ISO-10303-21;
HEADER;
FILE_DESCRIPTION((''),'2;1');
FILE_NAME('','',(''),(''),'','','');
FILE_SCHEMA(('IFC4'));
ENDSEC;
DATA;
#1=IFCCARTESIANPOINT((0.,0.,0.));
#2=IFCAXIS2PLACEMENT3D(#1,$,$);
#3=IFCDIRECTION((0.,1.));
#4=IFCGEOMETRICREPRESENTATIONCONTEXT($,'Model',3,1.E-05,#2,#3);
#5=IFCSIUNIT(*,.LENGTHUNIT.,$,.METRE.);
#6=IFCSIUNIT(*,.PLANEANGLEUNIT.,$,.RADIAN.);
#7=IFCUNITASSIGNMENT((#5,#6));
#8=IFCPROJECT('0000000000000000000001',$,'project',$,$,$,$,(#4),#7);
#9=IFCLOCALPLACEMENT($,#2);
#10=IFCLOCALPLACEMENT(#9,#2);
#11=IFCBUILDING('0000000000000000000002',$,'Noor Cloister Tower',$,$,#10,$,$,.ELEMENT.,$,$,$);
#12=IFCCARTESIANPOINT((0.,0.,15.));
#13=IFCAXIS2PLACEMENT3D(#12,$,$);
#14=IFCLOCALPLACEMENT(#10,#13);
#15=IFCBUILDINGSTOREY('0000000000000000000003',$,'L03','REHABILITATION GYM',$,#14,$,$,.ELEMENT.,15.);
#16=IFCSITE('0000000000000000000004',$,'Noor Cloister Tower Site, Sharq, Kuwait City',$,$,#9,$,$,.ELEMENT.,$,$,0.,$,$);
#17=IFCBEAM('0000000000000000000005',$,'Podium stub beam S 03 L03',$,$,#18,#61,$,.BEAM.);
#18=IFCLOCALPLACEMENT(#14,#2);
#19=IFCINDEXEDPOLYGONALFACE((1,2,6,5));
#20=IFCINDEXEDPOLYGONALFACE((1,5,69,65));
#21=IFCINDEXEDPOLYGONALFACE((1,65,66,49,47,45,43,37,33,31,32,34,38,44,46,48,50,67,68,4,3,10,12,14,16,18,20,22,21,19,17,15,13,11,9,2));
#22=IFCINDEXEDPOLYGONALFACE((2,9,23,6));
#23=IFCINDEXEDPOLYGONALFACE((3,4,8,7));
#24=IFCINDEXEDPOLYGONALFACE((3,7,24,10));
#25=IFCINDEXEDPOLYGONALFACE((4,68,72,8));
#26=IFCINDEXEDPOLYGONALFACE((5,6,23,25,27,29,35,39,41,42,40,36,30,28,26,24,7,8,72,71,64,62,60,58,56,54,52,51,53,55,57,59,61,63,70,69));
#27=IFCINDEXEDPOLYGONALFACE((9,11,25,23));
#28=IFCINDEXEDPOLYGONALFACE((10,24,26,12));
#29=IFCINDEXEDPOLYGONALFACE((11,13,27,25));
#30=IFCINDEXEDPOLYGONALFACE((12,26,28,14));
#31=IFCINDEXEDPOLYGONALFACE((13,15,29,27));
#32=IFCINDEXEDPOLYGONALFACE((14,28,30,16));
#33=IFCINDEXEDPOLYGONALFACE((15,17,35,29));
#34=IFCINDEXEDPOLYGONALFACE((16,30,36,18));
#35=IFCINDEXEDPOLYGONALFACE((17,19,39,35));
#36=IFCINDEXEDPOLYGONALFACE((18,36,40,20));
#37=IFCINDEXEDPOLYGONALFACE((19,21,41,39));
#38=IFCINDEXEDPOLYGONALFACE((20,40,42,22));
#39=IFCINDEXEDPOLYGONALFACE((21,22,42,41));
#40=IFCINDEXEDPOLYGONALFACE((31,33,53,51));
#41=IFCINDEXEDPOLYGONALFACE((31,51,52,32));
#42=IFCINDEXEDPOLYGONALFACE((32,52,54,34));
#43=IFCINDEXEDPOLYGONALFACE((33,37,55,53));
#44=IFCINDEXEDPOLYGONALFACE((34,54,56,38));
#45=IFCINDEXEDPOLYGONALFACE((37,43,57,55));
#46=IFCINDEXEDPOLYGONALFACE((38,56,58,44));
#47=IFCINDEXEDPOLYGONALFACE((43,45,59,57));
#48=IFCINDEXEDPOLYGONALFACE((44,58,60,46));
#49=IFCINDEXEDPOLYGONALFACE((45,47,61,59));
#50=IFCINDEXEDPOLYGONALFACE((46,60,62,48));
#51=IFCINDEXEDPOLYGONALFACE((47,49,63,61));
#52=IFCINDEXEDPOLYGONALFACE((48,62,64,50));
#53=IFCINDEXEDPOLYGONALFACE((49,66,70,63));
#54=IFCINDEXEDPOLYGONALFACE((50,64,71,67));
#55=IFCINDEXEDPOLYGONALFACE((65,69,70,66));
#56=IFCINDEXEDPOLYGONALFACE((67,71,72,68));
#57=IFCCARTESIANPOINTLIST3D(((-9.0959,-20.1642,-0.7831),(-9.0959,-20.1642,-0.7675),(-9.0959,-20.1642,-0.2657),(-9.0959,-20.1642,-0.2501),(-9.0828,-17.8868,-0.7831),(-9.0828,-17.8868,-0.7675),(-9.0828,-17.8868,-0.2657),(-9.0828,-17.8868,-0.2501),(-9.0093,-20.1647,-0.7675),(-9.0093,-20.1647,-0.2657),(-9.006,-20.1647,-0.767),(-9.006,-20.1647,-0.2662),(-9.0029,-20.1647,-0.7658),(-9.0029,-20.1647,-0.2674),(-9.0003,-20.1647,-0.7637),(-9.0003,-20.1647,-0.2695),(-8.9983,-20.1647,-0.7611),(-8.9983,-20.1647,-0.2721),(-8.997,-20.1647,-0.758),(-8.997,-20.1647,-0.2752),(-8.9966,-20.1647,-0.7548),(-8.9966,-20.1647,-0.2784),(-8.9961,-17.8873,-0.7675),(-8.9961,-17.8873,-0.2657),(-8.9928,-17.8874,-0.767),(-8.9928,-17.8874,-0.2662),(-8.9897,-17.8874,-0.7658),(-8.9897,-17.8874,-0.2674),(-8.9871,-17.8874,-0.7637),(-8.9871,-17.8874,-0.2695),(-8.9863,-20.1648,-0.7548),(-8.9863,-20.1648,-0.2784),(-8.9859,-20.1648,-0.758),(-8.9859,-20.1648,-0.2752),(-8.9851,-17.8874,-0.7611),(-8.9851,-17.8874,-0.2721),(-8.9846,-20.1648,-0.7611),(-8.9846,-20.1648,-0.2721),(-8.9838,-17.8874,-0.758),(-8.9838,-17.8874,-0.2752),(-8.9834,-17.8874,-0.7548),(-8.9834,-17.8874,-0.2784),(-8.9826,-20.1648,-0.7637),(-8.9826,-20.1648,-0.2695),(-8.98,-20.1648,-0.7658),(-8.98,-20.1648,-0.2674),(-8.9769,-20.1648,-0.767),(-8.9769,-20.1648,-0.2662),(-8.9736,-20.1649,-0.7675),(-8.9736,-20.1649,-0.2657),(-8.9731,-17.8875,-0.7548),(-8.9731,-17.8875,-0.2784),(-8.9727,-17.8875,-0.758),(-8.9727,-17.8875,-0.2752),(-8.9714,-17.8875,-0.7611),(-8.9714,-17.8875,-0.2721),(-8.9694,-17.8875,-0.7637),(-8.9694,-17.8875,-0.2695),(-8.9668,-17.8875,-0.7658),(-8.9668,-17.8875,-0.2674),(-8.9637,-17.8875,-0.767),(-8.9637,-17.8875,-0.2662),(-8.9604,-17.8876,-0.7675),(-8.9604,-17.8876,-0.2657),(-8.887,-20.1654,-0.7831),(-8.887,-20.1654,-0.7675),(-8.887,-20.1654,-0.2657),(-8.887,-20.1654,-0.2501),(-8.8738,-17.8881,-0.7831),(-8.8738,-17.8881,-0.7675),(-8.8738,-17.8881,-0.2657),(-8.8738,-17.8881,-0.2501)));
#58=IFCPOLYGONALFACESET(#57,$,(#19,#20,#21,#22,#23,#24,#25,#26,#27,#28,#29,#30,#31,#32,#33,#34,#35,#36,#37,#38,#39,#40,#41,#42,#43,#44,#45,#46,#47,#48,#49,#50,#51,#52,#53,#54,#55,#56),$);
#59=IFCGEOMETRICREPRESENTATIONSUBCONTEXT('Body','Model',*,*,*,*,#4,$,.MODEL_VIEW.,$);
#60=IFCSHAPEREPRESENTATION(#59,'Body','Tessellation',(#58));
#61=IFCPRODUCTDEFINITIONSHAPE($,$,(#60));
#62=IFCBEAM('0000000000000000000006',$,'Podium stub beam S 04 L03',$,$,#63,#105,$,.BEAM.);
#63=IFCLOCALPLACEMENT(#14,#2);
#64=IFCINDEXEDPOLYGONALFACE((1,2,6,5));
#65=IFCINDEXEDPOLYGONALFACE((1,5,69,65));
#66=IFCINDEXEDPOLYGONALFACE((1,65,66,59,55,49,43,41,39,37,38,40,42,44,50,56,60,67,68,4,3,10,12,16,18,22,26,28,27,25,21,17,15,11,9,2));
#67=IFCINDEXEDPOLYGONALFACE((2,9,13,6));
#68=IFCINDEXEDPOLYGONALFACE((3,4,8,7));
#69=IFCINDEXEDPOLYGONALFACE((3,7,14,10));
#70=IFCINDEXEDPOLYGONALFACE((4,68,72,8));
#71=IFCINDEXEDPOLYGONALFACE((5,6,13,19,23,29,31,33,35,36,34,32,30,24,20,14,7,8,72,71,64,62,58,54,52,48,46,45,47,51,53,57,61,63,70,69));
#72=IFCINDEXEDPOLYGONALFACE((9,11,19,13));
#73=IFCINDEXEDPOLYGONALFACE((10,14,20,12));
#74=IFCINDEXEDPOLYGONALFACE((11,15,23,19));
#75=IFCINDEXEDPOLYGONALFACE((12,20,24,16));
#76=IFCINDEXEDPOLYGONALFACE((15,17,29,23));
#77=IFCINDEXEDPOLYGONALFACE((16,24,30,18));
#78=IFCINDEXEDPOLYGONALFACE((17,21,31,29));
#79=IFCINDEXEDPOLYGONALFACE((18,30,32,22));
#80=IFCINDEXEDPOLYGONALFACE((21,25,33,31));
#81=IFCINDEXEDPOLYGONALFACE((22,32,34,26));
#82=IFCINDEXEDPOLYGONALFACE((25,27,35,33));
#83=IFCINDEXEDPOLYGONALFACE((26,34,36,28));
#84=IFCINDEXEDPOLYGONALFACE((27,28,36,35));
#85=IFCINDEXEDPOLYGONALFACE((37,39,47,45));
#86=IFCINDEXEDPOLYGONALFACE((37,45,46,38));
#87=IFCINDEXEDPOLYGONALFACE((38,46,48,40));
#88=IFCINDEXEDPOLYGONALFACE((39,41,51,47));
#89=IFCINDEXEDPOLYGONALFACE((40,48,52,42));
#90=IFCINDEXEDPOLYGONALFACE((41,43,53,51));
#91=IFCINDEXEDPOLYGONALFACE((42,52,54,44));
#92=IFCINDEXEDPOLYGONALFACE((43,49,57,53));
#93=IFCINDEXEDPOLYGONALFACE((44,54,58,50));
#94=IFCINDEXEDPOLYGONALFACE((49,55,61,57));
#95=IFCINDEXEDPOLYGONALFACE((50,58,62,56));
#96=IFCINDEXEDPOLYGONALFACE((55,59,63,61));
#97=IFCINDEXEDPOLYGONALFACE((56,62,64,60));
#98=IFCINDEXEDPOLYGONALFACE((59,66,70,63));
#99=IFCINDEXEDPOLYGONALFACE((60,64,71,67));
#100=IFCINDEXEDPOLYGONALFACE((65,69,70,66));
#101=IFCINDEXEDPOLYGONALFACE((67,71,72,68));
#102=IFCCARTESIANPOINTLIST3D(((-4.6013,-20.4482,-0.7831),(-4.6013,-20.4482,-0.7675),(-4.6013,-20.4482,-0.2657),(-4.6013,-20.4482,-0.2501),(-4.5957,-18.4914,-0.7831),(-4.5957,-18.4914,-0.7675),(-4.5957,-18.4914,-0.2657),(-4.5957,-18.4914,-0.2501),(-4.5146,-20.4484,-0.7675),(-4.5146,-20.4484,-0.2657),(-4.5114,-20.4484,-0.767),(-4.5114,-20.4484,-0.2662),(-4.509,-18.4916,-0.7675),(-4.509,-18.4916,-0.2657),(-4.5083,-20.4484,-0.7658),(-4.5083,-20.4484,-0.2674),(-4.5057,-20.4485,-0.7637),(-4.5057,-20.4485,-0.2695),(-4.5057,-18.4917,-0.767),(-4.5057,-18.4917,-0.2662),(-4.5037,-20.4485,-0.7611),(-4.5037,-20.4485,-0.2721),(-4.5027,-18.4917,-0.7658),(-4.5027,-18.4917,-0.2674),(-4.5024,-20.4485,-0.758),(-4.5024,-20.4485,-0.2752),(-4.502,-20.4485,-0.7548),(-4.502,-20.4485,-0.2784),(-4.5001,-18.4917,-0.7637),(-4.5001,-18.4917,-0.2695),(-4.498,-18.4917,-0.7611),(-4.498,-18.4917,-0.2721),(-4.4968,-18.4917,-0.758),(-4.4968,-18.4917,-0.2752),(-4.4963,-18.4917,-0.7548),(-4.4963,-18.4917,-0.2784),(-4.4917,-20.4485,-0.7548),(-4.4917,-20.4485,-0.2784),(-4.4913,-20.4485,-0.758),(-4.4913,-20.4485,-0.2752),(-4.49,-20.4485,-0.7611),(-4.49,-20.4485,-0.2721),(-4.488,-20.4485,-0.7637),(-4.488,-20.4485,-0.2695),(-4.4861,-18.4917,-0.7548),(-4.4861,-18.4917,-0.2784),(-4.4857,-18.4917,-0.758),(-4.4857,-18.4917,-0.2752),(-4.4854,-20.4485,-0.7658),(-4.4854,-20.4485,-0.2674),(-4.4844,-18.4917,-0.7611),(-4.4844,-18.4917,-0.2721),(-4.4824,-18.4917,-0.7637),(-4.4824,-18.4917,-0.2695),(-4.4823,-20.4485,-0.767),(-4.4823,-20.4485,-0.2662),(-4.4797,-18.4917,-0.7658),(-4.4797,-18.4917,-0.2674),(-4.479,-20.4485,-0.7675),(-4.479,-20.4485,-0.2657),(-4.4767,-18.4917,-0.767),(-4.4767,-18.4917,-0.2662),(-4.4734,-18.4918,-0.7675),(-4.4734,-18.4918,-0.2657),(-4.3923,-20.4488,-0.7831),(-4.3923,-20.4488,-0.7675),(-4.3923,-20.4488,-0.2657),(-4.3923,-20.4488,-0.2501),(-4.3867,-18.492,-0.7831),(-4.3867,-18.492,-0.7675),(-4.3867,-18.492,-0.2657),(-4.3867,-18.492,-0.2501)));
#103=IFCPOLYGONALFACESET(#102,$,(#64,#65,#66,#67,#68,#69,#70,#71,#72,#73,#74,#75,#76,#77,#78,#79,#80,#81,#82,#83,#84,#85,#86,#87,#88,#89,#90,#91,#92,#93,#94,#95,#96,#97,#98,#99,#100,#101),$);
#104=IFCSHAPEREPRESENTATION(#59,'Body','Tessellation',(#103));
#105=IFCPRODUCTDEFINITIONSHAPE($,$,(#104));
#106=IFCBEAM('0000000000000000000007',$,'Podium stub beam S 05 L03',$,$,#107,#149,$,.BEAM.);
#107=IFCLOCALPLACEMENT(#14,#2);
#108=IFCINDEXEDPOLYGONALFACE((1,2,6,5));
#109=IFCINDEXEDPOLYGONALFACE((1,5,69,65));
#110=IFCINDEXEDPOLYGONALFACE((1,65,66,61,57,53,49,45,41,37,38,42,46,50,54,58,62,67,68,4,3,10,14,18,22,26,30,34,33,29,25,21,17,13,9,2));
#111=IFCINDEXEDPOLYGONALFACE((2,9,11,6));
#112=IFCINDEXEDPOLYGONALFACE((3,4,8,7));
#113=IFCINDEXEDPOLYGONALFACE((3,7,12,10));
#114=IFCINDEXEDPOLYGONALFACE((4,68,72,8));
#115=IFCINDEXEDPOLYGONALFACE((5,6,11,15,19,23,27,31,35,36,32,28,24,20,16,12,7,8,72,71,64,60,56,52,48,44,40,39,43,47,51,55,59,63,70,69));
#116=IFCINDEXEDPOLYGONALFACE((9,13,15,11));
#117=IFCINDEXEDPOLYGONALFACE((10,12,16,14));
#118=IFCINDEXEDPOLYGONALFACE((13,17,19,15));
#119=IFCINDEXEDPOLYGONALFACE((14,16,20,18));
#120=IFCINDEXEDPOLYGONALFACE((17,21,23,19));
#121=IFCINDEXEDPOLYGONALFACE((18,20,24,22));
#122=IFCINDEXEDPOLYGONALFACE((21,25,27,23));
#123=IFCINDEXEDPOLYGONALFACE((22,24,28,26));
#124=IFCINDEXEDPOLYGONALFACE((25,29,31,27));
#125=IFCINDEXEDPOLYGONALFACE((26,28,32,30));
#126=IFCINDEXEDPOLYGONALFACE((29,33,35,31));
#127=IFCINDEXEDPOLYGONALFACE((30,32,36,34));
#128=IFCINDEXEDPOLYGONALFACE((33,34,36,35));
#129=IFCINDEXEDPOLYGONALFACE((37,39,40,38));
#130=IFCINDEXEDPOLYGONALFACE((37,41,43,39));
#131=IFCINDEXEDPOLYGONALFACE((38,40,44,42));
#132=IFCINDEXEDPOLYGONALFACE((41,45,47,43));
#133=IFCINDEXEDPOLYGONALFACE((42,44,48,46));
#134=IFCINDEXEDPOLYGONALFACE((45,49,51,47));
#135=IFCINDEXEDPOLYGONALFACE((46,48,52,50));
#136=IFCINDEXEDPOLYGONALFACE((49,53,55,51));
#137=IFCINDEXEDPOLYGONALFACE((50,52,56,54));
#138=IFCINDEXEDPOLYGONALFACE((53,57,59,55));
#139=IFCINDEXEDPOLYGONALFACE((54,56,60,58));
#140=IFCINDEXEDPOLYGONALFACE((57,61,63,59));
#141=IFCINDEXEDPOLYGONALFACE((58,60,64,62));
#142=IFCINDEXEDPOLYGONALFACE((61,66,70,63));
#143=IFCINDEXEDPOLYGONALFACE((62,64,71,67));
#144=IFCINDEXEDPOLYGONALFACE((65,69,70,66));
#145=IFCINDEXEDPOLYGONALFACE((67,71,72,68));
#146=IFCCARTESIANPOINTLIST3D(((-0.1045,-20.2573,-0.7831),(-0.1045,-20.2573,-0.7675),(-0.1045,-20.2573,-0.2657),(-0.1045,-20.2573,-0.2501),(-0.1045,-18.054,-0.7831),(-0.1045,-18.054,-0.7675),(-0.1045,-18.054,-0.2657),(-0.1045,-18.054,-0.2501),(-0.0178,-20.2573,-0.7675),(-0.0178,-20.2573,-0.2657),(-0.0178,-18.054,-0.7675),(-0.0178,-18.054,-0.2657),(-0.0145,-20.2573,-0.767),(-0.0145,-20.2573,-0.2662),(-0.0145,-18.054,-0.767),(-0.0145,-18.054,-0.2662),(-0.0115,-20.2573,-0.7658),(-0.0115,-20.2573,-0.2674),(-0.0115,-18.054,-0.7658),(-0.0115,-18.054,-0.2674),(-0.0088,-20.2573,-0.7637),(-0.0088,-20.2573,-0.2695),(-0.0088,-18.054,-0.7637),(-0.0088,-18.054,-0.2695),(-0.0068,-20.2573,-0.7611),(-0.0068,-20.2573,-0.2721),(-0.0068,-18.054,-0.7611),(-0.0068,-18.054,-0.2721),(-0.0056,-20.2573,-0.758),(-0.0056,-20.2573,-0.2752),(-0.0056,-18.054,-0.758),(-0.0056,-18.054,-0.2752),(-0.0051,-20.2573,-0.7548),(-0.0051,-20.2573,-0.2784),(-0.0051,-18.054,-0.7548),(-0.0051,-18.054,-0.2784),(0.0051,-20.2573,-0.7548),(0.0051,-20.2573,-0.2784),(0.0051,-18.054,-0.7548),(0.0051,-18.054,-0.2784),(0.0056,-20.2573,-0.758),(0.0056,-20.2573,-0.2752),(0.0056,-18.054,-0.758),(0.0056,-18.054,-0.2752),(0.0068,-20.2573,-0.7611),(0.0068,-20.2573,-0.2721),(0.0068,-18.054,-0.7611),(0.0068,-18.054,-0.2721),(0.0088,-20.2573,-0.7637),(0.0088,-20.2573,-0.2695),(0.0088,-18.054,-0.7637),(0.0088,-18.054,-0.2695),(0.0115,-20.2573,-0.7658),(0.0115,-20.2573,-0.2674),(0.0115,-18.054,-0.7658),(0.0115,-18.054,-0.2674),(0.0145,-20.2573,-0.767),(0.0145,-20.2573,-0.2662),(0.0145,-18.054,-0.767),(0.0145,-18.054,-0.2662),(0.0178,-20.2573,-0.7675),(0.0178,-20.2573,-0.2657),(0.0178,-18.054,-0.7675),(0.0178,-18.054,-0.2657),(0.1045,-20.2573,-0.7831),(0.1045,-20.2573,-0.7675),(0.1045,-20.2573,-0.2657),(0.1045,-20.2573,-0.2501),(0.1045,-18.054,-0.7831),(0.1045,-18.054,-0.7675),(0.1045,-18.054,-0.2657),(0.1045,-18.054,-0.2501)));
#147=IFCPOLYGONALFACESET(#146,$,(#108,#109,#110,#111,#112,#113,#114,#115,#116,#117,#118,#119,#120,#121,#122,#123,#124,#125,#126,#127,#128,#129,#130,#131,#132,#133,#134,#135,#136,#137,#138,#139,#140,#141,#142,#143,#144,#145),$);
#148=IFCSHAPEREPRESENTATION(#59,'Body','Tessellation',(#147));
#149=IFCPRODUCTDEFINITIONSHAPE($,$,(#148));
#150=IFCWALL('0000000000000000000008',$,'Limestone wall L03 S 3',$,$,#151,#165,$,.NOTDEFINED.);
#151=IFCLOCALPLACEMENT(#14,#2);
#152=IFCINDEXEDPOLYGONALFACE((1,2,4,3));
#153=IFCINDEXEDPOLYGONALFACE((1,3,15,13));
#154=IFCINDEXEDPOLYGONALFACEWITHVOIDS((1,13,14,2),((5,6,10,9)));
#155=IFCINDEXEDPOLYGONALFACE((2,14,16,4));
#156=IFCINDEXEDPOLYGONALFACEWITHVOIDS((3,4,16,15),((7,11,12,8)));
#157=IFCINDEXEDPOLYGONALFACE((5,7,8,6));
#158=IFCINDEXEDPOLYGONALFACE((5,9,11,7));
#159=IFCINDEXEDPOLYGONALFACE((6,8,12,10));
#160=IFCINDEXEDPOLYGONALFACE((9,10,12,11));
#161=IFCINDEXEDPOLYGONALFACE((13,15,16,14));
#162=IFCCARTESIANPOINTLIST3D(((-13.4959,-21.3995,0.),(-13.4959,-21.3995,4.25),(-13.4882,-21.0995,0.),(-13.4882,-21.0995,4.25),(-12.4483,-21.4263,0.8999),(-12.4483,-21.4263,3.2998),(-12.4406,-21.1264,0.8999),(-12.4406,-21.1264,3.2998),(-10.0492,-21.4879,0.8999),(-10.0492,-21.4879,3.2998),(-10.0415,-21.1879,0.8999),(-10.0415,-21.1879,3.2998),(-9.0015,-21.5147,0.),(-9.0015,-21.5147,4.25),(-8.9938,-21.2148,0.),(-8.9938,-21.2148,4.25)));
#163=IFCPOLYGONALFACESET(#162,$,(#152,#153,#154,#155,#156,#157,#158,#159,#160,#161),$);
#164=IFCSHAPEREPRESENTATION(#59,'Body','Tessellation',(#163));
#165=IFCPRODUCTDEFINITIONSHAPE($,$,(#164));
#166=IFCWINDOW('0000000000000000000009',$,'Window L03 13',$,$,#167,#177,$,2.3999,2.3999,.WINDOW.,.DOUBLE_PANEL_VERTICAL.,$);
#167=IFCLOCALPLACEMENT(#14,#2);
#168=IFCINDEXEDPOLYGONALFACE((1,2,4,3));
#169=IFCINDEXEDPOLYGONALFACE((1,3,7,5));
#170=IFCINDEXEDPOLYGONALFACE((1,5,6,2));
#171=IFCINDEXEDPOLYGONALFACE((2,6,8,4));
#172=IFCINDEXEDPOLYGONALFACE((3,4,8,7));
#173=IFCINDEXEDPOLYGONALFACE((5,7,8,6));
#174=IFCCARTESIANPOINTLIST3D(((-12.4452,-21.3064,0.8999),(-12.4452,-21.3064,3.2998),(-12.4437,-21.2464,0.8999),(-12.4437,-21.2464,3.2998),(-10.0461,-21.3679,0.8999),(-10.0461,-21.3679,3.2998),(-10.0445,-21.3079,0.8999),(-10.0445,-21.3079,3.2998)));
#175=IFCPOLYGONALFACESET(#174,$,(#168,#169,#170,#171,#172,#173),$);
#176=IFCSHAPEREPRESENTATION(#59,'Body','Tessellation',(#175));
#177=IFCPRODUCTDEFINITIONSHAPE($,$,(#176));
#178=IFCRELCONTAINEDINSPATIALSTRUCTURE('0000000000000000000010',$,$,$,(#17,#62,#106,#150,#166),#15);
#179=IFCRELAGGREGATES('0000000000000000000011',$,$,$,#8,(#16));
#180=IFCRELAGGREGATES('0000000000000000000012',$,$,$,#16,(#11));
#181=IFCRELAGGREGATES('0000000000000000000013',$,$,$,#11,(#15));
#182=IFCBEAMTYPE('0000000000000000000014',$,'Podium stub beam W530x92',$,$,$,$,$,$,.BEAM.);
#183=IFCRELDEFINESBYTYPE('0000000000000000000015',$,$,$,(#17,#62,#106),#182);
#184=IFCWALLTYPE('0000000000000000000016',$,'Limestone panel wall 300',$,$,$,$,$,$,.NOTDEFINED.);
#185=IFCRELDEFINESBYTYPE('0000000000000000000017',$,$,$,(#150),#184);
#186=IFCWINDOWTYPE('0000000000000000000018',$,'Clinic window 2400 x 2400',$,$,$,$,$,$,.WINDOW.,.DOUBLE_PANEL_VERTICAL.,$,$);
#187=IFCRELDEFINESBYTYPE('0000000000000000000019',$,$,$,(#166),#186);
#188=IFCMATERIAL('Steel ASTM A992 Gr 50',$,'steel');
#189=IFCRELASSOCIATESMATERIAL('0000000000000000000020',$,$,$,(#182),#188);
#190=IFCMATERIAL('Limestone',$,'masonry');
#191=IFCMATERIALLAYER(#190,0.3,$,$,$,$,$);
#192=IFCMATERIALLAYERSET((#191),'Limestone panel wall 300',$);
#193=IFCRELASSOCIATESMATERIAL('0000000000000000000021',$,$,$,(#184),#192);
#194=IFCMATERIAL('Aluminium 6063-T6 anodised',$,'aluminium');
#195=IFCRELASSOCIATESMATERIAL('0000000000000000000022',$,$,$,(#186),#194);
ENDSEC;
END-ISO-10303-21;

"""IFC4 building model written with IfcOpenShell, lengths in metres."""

from ifc_helpers import new_model, si_unit, direction, frame, frame_2d, origin, origin_2d, place, context, subcontext, project, spatial, rectangle, i_section, extrude, material, layer, layer_set, material_profile, profile_set, type_object, element, fill, save


model = new_model("IFC4")

# Units and contexts
model_context = context("Model", 3, precision=1e-05, world=origin(), true_north=direction((0.0, 1.0)))
body_context = subcontext(model_context, "Body", "Model", "MODEL_VIEW")
ifc_project = project(units=[si_unit("LENGTHUNIT", "METRE"), si_unit("PLANEANGLEUNIT", "RADIAN")], contexts=[model_context])

# Site, building, storey
site_placement = place(None, origin())
site = spatial("IfcSite", under=ifc_project, at=site_placement, Name="Noor Cloister Tower Site, Sharq, Kuwait City", CompositionType="ELEMENT", RefElevation=0.0)
building_placement = place(site_placement, origin())
building = spatial("IfcBuilding", under=site, at=building_placement, Name="Noor Cloister Tower", CompositionType="ELEMENT")
storey_placement = place(building_placement, frame((0.0, 0.0, 15.0)))
storey = spatial("IfcBuildingStorey", under=building, at=storey_placement, Name="L03", Description="REHABILITATION GYM", CompositionType="ELEMENT", Elevation=15.0)

# Beams
ifc_material_1 = material(Name="Steel ASTM A992 Gr 50", Category="steel")
ifc_material_profile_1 = material_profile(ifc_material_1, i_section(OverallWidth=0.209, OverallDepth=0.533, WebThickness=0.0103, FlangeThickness=0.0156, FilletRadius=0.0127, at=origin_2d()), Name="W530x92")
ifc_profile_set_1 = profile_set([ifc_material_profile_1], Name="Steel ASTM A992 Gr 50")
beam_type_1 = type_object("IfcBeamType", Name="Podium stub beam W530x92", PredefinedType="BEAM", material=ifc_profile_set_1)
beam_1_placement = place(storey_placement, frame((-8.9783, -17.8875, -0.5166), z_axis=(-0.005789, -0.999983, 0.0), x_axis=(0.999983, -0.005789, 0.0)))
element("IfcBeam", 1, at=beam_1_placement, inside=storey, type_object=beam_type_1, Name="Podium stub beam S 03 L03", PredefinedType="BEAM", context=body_context, shape_type="SweptSolid", body=[
    extrude(i_section(OverallWidth=0.209, OverallDepth=0.533, WebThickness=0.0103, FlangeThickness=0.0156, FilletRadius=0.0127, at=origin_2d()), origin(), (0.0, 0.0, 1.0), 2.2773),
])
beam_2_placement = place(storey_placement, frame((-4.4912, -18.4917, -0.5166), z_axis=(-0.00287, -0.999996, 0.0), x_axis=(0.999996, -0.00287, 0.0)))
element("IfcBeam", 2, at=beam_2_placement, inside=storey, type_object=beam_type_1, Name="Podium stub beam S 04 L03", PredefinedType="BEAM", context=body_context, shape_type="SweptSolid", body=[
    extrude(i_section(OverallWidth=0.209, OverallDepth=0.533, WebThickness=0.0103, FlangeThickness=0.0156, FilletRadius=0.0127, at=origin_2d()), origin(), (0.0, 0.0, 1.0), 1.9568),
])
beam_3_placement = place(storey_placement, frame((0.0, -18.054, -0.5166), z_axis=(0.0, -1.0, 0.0), x_axis=(1.0, 0.0, 0.0)))
element("IfcBeam", 3, at=beam_3_placement, inside=storey, type_object=beam_type_1, Name="Podium stub beam S 05 L03", PredefinedType="BEAM", context=body_context, shape_type="SweptSolid", body=[
    extrude(i_section(OverallWidth=0.209, OverallDepth=0.533, WebThickness=0.0103, FlangeThickness=0.0156, FilletRadius=0.0127, at=origin_2d()), origin(), (0.0, 0.0, 1.0), 2.2034),
])

# Wall, opening, window
ifc_material_2 = material(Name="Limestone", Category="masonry")
ifc_layer_1 = layer(ifc_material_2, 0.3)
ifc_layer_set_1 = layer_set([ifc_layer_1], Name="Limestone panel wall 300")
wall_type_1 = type_object("IfcWallType", Name="Limestone panel wall 300", PredefinedType="NOTDEFINED", material=ifc_layer_set_1)
wall_1_placement = place(storey_placement, frame((-8.9976, -21.3647, 0.0), z_axis=(0.0, 0.0, 1.0), x_axis=(-0.999671, 0.025631, 0.0)))
wall_1 = element("IfcWall", 4, at=wall_1_placement, inside=storey, type_object=wall_type_1, Name="Limestone wall L03 S 3", PredefinedType="NOTDEFINED", context=body_context, shape_type="SweptSolid", body=[
    extrude(rectangle(XDim=4.4958, YDim=0.3, at=frame_2d((2.248, 0.0))), origin(), (0.0, 0.0, 1.0), 4.25),
])
opening_1_placement = place(wall_1_placement, frame((1.0481, 0.0, 0.8999)))
opening_1 = element("IfcOpeningElement", 5, at=opening_1_placement, cuts=wall_1, PredefinedType="OPENING", context=body_context, shape_type="SweptSolid", body=[
    extrude(rectangle(XDim=2.3999, YDim=2.3999, at=frame_2d((1.2, 1.2))), frame((0.0, 0.1602, 0.0), z_axis=(0.0, -1.0, 0.0), x_axis=(1.0, 0.0, 0.0)), (0.0, 0.0, 1.0), 0.3201),
])
ifc_material_3 = material(Name="Aluminium 6063-T6 anodised", Category="aluminium")
window_type_1 = type_object("IfcWindowType", Name="Clinic window 2400 x 2400", PartitioningType="DOUBLE_PANEL_VERTICAL", PredefinedType="WINDOW", material=ifc_material_3)
window_1_placement = place(opening_1_placement, origin())
window_1 = element("IfcWindow", 6, at=window_1_placement, inside=storey, type_object=window_type_1, Name="Window L03 13", OverallHeight=2.3999, OverallWidth=2.3999, PartitioningType="DOUBLE_PANEL_VERTICAL", PredefinedType="WINDOW", context=body_context, shape_type="SweptSolid", body=[
    extrude(rectangle(XDim=2.3999, YDim=2.3999, at=frame_2d((1.2, 1.2))), frame((0.0, 0.03, 0.0), z_axis=(0.0, -1.0, 0.0), x_axis=(1.0, 0.0, 0.0)), (0.0, 0.0, 1.0), 0.0601),
])
fill(opening_1, window_1)

save(model, "model.ifc")
